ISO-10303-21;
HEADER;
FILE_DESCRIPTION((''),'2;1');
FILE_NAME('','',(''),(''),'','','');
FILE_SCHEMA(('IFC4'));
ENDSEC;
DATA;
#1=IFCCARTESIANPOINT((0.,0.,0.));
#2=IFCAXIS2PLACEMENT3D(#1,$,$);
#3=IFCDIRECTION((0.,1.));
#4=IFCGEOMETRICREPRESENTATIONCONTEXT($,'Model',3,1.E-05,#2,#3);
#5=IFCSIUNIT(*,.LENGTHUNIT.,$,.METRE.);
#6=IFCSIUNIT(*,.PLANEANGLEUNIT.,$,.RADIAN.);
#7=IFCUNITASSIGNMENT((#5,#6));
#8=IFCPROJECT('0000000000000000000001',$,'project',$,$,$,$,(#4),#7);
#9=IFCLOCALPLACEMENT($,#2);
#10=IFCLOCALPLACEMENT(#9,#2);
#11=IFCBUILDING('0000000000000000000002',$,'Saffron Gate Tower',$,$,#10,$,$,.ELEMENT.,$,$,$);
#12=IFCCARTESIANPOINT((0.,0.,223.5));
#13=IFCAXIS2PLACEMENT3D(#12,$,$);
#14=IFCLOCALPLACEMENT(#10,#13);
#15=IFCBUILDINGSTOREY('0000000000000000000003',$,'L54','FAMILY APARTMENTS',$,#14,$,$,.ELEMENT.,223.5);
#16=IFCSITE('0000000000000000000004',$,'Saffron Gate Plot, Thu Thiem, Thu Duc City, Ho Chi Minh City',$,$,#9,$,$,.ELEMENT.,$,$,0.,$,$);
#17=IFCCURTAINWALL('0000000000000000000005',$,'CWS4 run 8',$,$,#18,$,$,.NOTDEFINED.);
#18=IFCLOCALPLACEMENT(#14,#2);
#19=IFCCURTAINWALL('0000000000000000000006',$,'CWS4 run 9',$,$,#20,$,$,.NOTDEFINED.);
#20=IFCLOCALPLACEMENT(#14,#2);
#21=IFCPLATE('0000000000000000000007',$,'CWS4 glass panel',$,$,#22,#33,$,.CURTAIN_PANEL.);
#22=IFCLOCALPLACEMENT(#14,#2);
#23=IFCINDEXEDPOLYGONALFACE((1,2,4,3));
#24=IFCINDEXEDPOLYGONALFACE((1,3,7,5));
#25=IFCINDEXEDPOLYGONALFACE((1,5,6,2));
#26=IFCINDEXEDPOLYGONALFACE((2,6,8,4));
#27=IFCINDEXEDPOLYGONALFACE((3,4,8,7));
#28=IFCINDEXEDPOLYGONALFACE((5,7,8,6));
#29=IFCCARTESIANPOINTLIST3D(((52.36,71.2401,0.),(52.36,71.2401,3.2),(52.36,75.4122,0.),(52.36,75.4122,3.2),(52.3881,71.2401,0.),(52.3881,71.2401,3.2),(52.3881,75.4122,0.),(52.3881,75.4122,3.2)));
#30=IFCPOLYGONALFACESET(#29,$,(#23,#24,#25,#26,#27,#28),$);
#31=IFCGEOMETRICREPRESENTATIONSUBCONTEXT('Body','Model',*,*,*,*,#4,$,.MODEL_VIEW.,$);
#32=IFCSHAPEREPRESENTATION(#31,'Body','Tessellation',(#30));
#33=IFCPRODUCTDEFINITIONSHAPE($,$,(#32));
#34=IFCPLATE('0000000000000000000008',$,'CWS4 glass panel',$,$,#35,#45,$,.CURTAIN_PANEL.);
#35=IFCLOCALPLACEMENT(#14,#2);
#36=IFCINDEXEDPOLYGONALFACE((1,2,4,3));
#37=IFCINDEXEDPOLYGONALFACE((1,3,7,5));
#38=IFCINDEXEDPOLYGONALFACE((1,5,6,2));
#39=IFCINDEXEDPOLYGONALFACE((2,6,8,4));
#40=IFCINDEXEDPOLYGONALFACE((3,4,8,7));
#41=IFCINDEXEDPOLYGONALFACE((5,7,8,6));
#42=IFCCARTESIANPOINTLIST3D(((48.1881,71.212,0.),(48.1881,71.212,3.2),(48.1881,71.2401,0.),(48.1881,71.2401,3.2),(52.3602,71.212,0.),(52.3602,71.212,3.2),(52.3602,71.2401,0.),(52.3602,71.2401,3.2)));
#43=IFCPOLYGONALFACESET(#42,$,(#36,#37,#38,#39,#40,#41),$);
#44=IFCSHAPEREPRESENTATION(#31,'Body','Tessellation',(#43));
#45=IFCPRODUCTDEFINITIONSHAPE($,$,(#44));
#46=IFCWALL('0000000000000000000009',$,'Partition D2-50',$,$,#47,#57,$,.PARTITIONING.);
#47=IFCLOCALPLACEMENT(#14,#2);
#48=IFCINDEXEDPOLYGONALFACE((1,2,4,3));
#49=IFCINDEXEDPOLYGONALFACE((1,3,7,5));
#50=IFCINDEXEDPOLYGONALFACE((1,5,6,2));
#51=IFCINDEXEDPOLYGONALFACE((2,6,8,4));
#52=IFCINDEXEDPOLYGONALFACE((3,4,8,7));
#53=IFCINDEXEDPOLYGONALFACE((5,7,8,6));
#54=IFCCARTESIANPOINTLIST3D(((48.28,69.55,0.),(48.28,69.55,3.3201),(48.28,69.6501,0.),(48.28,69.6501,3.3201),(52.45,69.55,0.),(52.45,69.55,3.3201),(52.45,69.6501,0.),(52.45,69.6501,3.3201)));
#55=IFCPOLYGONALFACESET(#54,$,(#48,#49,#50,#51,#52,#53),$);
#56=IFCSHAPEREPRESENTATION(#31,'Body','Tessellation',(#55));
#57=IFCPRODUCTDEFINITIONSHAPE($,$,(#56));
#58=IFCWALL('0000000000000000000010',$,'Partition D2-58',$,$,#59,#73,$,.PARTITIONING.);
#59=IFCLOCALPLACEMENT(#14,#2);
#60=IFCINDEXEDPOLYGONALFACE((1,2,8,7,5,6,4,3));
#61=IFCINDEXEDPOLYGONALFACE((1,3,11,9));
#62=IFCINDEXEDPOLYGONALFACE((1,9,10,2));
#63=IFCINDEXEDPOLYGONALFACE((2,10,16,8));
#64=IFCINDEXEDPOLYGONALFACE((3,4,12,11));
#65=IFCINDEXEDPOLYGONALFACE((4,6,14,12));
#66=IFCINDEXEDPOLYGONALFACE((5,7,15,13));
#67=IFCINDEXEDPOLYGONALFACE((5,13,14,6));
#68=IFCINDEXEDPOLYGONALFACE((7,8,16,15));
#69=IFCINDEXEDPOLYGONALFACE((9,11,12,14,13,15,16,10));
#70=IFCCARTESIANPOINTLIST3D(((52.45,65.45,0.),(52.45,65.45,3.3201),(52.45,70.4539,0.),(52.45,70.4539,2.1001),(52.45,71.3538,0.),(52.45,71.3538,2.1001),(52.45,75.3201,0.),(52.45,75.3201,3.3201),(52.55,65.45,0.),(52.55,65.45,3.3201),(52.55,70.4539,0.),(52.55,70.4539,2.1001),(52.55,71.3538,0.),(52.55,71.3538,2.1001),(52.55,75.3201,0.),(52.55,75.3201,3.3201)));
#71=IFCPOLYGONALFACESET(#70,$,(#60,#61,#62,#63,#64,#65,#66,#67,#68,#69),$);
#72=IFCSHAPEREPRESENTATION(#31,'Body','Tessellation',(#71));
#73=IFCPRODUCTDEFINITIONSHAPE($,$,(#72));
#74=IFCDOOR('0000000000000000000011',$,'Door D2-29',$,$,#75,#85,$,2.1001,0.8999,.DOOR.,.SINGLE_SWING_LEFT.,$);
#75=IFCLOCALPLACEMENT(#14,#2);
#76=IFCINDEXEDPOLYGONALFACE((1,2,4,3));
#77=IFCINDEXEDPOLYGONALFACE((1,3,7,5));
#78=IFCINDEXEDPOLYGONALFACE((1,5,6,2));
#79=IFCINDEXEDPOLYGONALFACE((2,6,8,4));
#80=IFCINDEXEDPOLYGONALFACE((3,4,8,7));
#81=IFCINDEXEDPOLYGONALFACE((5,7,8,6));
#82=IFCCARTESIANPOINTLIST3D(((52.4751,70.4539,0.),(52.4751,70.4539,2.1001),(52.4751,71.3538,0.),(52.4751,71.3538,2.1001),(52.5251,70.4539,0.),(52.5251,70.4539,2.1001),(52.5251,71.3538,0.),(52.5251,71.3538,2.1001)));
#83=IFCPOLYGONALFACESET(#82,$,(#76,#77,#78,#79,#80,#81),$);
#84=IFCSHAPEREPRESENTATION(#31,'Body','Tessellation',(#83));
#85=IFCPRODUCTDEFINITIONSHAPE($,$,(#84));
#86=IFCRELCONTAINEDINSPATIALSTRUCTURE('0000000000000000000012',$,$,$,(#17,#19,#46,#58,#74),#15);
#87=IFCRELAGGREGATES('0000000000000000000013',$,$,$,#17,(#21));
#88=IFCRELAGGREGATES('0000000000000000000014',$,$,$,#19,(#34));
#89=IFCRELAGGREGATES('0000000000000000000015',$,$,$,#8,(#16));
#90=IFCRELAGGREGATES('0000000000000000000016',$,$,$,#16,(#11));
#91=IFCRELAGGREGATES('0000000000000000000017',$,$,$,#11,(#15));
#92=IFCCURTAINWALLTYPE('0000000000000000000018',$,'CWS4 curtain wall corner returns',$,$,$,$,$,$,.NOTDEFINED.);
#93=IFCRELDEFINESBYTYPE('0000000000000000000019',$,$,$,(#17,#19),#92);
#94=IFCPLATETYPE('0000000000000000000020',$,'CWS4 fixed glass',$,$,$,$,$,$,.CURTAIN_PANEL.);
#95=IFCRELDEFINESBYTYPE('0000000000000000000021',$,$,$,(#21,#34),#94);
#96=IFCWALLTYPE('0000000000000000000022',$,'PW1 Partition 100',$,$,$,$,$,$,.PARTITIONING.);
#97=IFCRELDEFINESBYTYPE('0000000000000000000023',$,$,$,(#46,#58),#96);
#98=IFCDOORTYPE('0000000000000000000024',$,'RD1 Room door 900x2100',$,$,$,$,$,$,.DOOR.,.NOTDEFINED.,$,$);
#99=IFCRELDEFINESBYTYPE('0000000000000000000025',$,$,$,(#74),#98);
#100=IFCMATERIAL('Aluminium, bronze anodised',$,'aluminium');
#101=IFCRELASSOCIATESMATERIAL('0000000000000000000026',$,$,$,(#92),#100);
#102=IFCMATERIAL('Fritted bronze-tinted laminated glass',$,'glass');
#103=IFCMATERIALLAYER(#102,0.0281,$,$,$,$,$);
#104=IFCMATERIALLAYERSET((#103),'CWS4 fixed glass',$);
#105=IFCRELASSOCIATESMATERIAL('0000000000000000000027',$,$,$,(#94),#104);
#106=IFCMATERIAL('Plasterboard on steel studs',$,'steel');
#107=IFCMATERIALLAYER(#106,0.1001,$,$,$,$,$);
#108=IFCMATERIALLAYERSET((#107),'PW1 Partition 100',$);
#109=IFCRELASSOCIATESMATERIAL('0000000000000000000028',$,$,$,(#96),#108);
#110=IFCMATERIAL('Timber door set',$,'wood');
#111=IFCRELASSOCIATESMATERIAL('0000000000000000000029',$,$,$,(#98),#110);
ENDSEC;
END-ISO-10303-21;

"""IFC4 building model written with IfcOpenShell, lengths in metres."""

from ifc_helpers import new_model, si_unit, direction, frame, frame_2d, origin, place, context, subcontext, project, spatial, rectangle, extrude, material, layer, layer_set, type_object, element, fill, aggregate, save


model = new_model("IFC4")

# Units and contexts
model_context = context("Model", 3, precision=1e-05, world=origin(), true_north=direction((0.0, 1.0)))
body_context = subcontext(model_context, "Body", "Model", "MODEL_VIEW")
ifc_project = project(units=[si_unit("LENGTHUNIT", "METRE"), si_unit("PLANEANGLEUNIT", "RADIAN")], contexts=[model_context])

# Site, building, storey
site_placement = place(None, origin())
site = spatial("IfcSite", under=ifc_project, at=site_placement, Name="Saffron Gate Plot, Thu Thiem, Thu Duc City, Ho Chi Minh City", CompositionType="ELEMENT", RefElevation=0.0)
building_placement = place(site_placement, origin())
building = spatial("IfcBuilding", under=site, at=building_placement, Name="Saffron Gate Tower", CompositionType="ELEMENT")
storey_placement = place(building_placement, frame((0.0, 0.0, 223.5)))
storey = spatial("IfcBuildingStorey", under=building, at=storey_placement, Name="L54", Description="FAMILY APARTMENTS", CompositionType="ELEMENT", Elevation=223.5)

# Shared definitions
ifc_material_1 = material(Name="Aluminium, bronze anodised", Category="aluminium")

# Curtain walls
curtain_wall_type_1 = type_object("IfcCurtainWallType", Name="CWS4 curtain wall corner returns", PredefinedType="NOTDEFINED", material=ifc_material_1)
curtain_wall_1_placement = place(storey_placement, origin())
curtain_wall_1 = element("IfcCurtainWall", 1, at=curtain_wall_1_placement, inside=storey, type_object=curtain_wall_type_1, Name="CWS4 run 8", PredefinedType="NOTDEFINED")
curtain_wall_2_placement = place(storey_placement, origin())
curtain_wall_2 = element("IfcCurtainWall", 2, at=curtain_wall_2_placement, inside=storey, type_object=curtain_wall_type_1, Name="CWS4 run 9", PredefinedType="NOTDEFINED")

# Shared definitions
ifc_material_2 = material(Name="Fritted bronze-tinted laminated glass", Category="glass")

# Plates
ifc_layer_1 = layer(ifc_material_2, 0.0281)
ifc_layer_set_1 = layer_set([ifc_layer_1], Name="CWS4 fixed glass")
plate_type_1 = type_object("IfcPlateType", Name="CWS4 fixed glass", PredefinedType="CURTAIN_PANEL", material=ifc_layer_set_1)
plate_1_placement = place(storey_placement, frame((52.374, 75.4121, 0.0), z_axis=(0.0, 0.0, 1.0), x_axis=(0.0, -1.0, 0.0)))
plate_1 = element("IfcPlate", 3, at=plate_1_placement, type_object=plate_type_1, Name="CWS4 glass panel", PredefinedType="CURTAIN_PANEL", context=body_context, shape_type="SweptSolid", body=[
    extrude(rectangle(XDim=4.1721, YDim=0.0281, at=frame_2d((2.0859, 0.0))), origin(), (0.0, 0.0, 1.0), 3.2),
])
aggregate(curtain_wall_1, [plate_1])
plate_2_placement = place(storey_placement, frame((52.3601, 71.2261, 0.0), z_axis=(0.0, 0.0, 1.0), x_axis=(-1.0, 0.0, 0.0)))
plate_2 = element("IfcPlate", 4, at=plate_2_placement, type_object=plate_type_1, Name="CWS4 glass panel", PredefinedType="CURTAIN_PANEL", context=body_context, shape_type="SweptSolid", body=[
    extrude(rectangle(XDim=4.1721, YDim=0.0281, at=frame_2d((2.0859, 0.0))), origin(), (0.0, 0.0, 1.0), 3.2),
])
aggregate(curtain_wall_2, [plate_2])

# Wall
ifc_material_3 = material(Name="Plasterboard on steel studs", Category="steel")
ifc_layer_2 = layer(ifc_material_3, 0.1001)
ifc_layer_set_2 = layer_set([ifc_layer_2], Name="PW1 Partition 100")
wall_type = type_object("IfcWallType", Name="PW1 Partition 100", PredefinedType="PARTITIONING", material=ifc_layer_set_2)
wall_1_placement = place(storey_placement, frame((48.28, 69.6001, 0.0), z_axis=(0.0, 0.0, 1.0), x_axis=(1.0, 0.0, 0.0)))
element("IfcWall", 5, at=wall_1_placement, inside=storey, type_object=wall_type, Name="Partition D2-50", PredefinedType="PARTITIONING", context=body_context, shape_type="SweptSolid", body=[
    extrude(rectangle(XDim=4.1699, YDim=0.1001, at=frame_2d((2.085, 0.0))), origin(), (0.0, 0.0, 1.0), 3.3201),
])

# Wall, opening, door
wall_2_placement = place(storey_placement, frame((52.5, 65.45, 0.0), z_axis=(0.0, 0.0, 1.0), x_axis=(0.0, 1.0, 0.0)))
wall_2 = element("IfcWall", 6, at=wall_2_placement, inside=storey, type_object=wall_type, Name="Partition D2-58", PredefinedType="PARTITIONING", context=body_context, shape_type="SweptSolid", body=[
    extrude(rectangle(XDim=9.8701, YDim=0.1001, at=frame_2d((4.9351, 0.0))), origin(), (0.0, 0.0, 1.0), 3.3201),
])
opening_1_placement = place(wall_2_placement, frame((5.0039, 0.0, 0.0)))
opening_1 = element("IfcOpeningElement", 7, at=opening_1_placement, cuts=wall_2, PredefinedType="OPENING", context=body_context, shape_type="SweptSolid", body=[
    extrude(rectangle(XDim=0.8999, YDim=2.1001, at=frame_2d((0.45, 1.05))), frame((0.0, 0.0601, 0.0), z_axis=(0.0, -1.0, 0.0), x_axis=(1.0, 0.0, 0.0)), (0.0, 0.0, 1.0), 0.1201),
])
ifc_material_4 = material(Name="Timber door set", Category="wood")
door_type = type_object("IfcDoorType", Name="RD1 Room door 900x2100", OperationType="NOTDEFINED", PredefinedType="DOOR", material=ifc_material_4)
door_placement = place(opening_1_placement, origin())
door = element("IfcDoor", 8, at=door_placement, inside=storey, type_object=door_type, Name="Door D2-29", OperationType="SINGLE_SWING_LEFT", OverallHeight=2.1001, OverallWidth=0.8999, PredefinedType="DOOR", context=body_context, shape_type="SweptSolid", body=[
    extrude(rectangle(XDim=0.8999, YDim=2.1001, at=frame_2d((0.45, 1.05))), frame((0.0, 0.0249, 0.0), z_axis=(0.0, -1.0, 0.0), x_axis=(1.0, 0.0, 0.0)), (0.0, 0.0, 1.0), 0.05),
])
fill(opening_1, door)

save(model, "model.ifc")
